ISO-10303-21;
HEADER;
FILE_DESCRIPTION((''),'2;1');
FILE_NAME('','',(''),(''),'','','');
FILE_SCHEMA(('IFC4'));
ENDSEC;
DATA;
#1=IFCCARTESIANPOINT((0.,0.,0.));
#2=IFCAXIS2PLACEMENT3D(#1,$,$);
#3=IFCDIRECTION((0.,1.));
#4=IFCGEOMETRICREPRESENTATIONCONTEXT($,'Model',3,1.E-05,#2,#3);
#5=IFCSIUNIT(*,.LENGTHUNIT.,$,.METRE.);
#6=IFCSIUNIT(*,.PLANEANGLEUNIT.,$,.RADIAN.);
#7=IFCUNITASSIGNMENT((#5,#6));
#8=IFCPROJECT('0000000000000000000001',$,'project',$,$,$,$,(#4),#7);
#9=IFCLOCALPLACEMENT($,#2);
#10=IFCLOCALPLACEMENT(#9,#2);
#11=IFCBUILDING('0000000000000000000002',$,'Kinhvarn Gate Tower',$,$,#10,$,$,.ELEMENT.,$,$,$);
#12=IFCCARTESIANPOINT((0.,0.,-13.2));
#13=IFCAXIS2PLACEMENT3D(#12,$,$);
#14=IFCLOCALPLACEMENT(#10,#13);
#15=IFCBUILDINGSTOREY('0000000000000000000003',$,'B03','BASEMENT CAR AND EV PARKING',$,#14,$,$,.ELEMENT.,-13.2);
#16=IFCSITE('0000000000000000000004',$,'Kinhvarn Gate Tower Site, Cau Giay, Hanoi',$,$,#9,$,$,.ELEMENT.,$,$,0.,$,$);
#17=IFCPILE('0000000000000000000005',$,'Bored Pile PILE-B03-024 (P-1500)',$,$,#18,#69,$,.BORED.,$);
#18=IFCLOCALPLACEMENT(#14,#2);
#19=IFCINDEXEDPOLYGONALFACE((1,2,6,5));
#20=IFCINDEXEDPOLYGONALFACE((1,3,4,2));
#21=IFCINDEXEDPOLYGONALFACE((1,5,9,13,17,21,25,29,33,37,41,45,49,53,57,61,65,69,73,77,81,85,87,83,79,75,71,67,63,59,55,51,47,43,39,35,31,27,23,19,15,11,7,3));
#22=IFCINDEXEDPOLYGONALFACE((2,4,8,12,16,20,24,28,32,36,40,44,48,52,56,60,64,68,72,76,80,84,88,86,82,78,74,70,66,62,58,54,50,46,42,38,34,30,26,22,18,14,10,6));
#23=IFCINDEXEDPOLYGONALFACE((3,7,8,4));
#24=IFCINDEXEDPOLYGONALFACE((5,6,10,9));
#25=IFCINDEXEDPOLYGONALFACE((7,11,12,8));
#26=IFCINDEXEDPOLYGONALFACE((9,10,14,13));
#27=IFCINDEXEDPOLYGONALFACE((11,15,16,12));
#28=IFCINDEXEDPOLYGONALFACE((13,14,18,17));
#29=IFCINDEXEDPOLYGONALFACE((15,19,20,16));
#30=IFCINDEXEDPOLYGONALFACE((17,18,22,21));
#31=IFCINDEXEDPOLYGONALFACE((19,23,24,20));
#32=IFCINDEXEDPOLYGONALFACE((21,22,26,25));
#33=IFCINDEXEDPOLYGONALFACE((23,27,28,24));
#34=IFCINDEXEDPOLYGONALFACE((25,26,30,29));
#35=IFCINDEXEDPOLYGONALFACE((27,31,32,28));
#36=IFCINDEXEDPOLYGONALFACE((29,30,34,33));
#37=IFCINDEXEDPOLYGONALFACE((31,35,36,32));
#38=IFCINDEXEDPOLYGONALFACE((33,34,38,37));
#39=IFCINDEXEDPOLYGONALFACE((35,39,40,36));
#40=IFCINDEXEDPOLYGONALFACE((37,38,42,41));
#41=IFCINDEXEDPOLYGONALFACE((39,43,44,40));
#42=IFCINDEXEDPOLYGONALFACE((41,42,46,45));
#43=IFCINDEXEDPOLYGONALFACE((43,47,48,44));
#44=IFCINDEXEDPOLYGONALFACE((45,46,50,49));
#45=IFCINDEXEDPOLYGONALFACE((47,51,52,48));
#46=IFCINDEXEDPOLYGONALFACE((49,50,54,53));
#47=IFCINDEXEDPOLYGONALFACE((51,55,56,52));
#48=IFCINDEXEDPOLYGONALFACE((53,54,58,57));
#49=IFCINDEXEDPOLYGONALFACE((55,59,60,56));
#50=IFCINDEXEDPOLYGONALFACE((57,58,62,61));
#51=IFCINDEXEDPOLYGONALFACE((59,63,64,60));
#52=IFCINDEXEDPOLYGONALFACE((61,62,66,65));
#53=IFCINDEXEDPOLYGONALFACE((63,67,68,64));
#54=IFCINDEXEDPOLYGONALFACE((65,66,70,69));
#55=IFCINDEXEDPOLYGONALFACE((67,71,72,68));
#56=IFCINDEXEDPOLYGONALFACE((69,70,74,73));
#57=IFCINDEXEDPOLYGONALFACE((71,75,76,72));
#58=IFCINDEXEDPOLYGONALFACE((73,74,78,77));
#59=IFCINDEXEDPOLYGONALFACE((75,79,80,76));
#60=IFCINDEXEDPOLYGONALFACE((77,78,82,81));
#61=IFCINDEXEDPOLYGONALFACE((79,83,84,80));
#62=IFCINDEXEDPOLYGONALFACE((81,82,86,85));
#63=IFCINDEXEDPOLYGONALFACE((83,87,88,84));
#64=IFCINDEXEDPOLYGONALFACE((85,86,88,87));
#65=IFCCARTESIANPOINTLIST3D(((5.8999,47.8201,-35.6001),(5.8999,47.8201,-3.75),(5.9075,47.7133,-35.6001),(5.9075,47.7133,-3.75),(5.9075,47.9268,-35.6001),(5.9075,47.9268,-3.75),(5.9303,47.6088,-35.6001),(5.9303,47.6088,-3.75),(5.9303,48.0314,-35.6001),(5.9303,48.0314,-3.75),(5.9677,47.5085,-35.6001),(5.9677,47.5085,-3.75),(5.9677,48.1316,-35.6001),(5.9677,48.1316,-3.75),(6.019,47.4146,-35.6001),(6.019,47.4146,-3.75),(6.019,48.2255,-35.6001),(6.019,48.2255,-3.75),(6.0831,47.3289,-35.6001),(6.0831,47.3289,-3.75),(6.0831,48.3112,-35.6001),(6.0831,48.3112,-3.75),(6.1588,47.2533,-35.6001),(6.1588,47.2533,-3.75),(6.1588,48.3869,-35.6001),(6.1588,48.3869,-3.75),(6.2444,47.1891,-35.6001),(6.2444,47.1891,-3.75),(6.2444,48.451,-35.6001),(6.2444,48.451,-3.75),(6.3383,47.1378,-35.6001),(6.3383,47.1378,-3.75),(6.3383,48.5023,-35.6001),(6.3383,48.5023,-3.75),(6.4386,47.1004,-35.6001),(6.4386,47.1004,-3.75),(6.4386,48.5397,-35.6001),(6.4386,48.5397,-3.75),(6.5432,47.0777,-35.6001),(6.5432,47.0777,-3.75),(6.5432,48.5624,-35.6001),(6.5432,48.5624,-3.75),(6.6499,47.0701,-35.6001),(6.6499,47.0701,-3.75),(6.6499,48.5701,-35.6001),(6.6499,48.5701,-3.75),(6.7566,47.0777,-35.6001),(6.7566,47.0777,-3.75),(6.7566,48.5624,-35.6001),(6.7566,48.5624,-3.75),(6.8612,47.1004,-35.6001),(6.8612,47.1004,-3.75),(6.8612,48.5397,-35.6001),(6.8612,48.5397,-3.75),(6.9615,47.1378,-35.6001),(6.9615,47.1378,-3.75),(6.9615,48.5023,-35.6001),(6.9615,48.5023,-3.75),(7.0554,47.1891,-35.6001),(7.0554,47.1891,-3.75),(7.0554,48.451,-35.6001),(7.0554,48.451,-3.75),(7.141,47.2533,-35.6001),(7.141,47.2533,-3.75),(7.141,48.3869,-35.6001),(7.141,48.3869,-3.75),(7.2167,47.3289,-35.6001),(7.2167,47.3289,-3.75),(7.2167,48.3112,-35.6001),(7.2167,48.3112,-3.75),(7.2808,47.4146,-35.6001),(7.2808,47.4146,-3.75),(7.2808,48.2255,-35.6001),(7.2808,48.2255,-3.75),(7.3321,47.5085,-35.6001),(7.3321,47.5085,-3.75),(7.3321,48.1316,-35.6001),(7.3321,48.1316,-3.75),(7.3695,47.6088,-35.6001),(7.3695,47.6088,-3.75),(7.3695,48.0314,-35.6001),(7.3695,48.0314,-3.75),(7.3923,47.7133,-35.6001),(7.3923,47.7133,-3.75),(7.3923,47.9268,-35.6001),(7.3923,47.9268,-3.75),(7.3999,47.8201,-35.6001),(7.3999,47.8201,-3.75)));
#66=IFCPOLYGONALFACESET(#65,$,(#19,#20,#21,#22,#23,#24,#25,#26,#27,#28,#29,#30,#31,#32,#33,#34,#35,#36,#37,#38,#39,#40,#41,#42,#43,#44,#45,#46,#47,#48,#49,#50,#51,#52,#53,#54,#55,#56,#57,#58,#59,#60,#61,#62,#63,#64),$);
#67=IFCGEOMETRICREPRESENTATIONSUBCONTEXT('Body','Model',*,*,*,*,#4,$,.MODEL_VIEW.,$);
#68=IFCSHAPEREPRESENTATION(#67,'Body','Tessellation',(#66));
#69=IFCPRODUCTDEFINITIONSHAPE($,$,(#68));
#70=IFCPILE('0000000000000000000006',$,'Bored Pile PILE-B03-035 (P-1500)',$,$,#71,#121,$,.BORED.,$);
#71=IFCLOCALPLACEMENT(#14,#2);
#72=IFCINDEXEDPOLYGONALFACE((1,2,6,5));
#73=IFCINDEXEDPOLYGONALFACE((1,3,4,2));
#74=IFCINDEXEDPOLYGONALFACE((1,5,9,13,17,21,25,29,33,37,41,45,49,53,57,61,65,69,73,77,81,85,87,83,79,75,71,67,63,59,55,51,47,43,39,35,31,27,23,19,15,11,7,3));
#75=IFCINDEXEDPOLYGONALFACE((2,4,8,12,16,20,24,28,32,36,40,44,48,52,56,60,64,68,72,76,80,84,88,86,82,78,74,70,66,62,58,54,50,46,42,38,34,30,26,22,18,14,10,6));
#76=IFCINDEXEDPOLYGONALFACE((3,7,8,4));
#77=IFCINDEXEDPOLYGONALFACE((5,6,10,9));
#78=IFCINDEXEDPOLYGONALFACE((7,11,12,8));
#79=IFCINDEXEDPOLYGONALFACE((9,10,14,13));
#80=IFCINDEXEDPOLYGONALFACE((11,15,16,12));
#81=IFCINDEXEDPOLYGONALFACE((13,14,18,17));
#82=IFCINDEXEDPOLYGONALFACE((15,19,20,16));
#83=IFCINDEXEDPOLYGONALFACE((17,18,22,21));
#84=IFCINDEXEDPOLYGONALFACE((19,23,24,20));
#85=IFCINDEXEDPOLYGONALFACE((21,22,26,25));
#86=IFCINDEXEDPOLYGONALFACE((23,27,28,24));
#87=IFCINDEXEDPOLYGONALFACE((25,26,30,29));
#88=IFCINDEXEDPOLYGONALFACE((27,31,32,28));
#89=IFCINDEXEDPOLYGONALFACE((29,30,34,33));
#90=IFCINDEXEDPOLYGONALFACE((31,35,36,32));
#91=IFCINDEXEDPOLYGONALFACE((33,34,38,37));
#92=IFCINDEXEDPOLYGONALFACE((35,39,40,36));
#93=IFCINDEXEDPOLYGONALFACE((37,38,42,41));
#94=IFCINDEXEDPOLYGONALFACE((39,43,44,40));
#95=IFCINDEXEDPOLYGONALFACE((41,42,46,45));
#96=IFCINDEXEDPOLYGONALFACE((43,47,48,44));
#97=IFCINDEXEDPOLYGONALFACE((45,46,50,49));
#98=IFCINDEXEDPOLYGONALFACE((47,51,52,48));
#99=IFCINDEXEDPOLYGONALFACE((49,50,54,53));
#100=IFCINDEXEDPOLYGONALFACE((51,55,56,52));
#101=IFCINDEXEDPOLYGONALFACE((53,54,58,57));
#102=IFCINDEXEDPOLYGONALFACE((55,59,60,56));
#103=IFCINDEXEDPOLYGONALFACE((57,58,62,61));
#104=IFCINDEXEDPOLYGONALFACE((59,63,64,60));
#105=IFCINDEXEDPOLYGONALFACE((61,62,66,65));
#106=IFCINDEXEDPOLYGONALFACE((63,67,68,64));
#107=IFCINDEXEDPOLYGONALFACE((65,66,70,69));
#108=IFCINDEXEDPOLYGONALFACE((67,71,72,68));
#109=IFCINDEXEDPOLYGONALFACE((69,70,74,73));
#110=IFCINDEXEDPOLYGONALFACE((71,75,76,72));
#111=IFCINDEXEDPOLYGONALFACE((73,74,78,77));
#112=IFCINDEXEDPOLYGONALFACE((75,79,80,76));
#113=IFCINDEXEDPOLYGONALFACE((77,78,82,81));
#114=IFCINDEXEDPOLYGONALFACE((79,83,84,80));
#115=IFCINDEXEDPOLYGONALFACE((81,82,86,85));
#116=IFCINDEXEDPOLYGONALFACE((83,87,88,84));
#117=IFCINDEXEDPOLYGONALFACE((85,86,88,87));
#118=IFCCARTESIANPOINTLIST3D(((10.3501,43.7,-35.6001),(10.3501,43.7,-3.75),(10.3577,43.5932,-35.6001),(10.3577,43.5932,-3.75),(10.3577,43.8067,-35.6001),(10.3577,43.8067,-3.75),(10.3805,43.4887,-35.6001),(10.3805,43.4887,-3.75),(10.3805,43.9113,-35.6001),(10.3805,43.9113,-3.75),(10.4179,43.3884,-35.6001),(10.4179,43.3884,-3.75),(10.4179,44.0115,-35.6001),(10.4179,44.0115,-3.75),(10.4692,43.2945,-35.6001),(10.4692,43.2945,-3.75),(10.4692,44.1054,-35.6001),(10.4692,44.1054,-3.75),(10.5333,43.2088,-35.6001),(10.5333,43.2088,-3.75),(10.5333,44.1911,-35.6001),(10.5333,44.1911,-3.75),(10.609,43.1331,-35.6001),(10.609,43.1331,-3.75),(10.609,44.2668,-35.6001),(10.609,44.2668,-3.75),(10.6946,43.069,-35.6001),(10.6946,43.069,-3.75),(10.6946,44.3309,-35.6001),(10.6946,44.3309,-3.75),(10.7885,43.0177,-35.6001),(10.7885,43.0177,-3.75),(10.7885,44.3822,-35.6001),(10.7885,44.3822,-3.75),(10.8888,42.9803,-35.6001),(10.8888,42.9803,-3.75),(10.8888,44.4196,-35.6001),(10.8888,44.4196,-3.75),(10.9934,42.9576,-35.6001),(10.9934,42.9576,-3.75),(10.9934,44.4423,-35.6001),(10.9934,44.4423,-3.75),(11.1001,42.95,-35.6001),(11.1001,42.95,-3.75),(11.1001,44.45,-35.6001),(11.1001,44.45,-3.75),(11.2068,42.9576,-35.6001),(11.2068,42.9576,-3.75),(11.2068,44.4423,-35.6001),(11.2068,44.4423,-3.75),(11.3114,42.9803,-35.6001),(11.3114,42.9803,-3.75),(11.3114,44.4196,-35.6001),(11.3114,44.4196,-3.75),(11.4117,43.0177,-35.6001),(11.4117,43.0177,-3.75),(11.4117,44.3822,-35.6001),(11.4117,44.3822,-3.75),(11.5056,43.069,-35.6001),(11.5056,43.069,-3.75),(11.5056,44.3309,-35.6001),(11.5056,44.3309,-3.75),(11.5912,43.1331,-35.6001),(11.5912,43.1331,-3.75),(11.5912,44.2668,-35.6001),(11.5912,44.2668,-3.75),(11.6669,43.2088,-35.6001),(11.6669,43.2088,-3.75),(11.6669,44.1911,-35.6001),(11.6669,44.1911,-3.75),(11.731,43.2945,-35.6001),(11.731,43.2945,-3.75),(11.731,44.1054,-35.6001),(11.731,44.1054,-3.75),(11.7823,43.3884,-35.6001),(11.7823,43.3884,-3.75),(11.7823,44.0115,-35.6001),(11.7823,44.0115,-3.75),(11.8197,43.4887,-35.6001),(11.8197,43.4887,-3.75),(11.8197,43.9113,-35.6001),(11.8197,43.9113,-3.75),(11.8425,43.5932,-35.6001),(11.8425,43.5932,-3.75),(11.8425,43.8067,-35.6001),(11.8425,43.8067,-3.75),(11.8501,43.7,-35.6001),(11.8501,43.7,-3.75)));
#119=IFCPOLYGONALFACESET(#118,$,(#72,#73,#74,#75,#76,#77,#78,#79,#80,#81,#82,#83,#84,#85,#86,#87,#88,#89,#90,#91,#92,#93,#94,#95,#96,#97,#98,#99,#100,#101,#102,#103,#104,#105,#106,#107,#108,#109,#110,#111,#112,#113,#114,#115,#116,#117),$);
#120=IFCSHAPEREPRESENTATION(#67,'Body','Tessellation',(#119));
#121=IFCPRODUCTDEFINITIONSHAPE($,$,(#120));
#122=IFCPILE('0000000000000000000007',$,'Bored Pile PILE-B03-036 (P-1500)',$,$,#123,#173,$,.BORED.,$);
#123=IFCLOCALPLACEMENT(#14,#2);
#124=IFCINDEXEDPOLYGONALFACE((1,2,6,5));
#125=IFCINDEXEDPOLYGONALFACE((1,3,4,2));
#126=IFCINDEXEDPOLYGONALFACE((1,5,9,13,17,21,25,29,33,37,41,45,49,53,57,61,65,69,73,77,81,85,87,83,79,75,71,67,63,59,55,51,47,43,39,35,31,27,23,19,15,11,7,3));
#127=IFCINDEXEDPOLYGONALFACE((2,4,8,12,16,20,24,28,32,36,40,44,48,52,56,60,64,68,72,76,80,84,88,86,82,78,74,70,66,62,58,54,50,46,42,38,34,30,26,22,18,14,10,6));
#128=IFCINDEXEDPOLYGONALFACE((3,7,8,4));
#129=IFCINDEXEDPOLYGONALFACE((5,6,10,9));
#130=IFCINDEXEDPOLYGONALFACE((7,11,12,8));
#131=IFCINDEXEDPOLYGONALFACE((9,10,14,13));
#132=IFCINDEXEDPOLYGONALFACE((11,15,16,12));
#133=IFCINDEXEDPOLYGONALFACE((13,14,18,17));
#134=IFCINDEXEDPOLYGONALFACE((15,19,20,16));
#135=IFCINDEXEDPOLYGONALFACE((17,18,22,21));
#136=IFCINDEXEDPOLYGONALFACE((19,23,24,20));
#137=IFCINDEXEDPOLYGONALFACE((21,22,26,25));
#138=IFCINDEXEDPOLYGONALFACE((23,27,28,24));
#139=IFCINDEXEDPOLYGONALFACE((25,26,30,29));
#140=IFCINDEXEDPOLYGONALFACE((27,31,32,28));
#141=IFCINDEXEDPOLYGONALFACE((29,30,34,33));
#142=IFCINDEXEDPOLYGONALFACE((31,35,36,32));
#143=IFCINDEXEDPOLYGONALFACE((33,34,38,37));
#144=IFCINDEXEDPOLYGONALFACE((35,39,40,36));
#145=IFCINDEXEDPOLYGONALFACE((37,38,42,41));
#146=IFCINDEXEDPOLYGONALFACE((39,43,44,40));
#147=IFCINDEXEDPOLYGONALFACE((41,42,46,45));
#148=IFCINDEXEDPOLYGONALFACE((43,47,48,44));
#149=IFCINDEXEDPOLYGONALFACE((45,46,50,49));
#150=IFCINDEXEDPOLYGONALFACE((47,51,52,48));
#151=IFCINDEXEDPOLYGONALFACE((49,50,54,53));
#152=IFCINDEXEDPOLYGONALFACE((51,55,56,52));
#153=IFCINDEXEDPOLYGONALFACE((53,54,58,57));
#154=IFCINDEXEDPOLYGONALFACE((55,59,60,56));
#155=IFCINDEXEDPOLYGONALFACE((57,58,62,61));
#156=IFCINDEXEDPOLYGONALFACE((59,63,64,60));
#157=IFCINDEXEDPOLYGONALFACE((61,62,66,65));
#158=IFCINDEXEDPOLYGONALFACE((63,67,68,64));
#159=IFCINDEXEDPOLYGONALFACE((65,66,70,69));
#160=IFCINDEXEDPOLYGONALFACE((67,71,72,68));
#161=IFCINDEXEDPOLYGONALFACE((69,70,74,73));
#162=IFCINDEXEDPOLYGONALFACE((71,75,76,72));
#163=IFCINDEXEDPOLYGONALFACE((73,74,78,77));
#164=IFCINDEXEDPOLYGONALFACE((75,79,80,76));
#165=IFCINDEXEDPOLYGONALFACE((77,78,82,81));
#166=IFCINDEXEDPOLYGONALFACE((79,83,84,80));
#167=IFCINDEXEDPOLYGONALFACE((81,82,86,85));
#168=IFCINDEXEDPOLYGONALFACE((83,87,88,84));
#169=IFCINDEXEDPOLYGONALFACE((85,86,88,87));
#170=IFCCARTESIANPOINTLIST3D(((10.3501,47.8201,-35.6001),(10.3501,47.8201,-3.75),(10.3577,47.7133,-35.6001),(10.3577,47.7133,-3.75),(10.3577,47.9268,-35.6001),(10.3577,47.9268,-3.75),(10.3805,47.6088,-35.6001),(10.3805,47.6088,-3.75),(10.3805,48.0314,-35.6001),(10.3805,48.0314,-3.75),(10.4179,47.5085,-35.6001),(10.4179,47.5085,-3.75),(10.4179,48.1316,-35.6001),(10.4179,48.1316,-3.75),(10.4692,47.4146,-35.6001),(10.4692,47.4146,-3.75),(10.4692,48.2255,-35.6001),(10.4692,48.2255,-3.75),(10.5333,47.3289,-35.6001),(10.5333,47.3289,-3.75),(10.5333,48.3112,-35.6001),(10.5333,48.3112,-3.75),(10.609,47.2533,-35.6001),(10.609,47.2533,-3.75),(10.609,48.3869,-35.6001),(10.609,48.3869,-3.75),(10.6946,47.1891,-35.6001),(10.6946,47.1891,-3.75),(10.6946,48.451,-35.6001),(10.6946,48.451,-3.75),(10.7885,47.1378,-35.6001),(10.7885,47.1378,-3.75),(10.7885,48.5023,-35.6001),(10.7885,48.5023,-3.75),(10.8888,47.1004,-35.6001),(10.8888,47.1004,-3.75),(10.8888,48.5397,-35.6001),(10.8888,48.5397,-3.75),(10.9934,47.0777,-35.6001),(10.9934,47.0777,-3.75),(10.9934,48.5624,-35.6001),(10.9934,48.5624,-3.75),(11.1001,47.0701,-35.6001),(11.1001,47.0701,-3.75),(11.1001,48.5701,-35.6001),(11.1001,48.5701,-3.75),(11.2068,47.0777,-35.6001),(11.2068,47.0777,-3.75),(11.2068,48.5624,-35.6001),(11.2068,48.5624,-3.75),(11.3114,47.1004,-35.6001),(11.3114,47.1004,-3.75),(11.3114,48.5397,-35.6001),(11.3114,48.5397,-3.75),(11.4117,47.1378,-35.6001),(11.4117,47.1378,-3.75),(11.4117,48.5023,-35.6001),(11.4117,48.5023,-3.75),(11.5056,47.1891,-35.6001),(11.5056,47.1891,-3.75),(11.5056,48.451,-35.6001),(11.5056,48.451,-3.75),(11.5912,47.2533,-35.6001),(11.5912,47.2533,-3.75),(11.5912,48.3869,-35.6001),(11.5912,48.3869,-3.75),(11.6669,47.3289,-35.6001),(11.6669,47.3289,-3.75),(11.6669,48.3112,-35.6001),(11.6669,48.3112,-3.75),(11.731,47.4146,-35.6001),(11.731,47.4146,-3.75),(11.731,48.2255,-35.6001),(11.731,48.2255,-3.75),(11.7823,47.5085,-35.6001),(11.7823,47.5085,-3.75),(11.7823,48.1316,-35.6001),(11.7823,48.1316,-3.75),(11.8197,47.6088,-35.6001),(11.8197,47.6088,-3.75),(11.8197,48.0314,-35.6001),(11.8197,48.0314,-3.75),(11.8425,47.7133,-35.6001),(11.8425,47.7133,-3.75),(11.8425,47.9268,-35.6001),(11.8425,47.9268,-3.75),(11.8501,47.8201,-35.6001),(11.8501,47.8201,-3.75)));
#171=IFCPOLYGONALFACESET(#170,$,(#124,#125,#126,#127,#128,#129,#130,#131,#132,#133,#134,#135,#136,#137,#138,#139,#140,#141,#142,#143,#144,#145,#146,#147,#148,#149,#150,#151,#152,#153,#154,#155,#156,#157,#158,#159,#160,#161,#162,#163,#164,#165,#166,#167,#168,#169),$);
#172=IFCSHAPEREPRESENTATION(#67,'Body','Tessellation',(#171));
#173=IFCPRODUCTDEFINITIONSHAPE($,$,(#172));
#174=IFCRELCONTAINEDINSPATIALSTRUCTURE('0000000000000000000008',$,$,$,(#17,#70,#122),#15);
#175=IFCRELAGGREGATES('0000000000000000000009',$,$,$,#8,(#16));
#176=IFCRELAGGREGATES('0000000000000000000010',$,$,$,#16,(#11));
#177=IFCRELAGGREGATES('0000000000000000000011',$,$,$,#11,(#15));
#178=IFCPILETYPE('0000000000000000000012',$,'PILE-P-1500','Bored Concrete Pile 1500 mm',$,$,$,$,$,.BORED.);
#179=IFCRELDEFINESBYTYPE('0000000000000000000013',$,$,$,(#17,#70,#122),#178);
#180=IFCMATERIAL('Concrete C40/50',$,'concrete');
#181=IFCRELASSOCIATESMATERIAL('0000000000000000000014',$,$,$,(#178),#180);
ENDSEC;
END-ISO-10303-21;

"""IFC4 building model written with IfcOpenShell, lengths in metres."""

from ifc_helpers import new_model, si_unit, direction, frame, origin, origin_2d, place, context, subcontext, project, spatial, circle, extrude, material, material_profile, profile_set, type_object, element, save


model = new_model("IFC4")

# Units and contexts
model_context = context("Model", 3, precision=1e-05, world=origin(), true_north=direction((0.0, 1.0)))
body_context = subcontext(model_context, "Body", "Model", "MODEL_VIEW")
ifc_project = project(units=[si_unit("LENGTHUNIT", "METRE"), si_unit("PLANEANGLEUNIT", "RADIAN")], contexts=[model_context])

# Site, building, storey
site_placement = place(None, origin())
site = spatial("IfcSite", under=ifc_project, at=site_placement, Name="Kinhvarn Gate Tower Site, Cau Giay, Hanoi", CompositionType="ELEMENT", RefElevation=0.0)
building_placement = place(site_placement, origin())
building = spatial("IfcBuilding", under=site, at=building_placement, Name="Kinhvarn Gate Tower", CompositionType="ELEMENT")
storey_placement = place(building_placement, frame((0.0, 0.0, -13.2)))
storey = spatial("IfcBuildingStorey", under=building, at=storey_placement, Name="B03", Description="BASEMENT CAR AND EV PARKING", CompositionType="ELEMENT", Elevation=-13.2)

# Piles
ifc_material_1 = material(Name="Concrete C40/50", Category="concrete")
ifc_material_profile_1 = material_profile(ifc_material_1, circle(Radius=0.75, at=origin_2d()), Name="PILE D1500")
ifc_profile_set_1 = profile_set([ifc_material_profile_1], Name="Concrete C40/50")
pile_type = type_object("IfcPileType", Name="PILE-P-1500", Description="Bored Concrete Pile 1500 mm", PredefinedType="BORED", material=ifc_profile_set_1)
for number, where, z_axis, x_axis, name in (
    (1, (6.6499, 47.8201, -35.6001), (0.0, 0.0, 1.0), (1.0, 0.0, 0.0), "Bored Pile PILE-B03-024 (P-1500)"),
    (2, (11.1001, 43.7, -35.6001), (0.0, 0.0, 1.0), (1.0, 0.0, 0.0), "Bored Pile PILE-B03-035 (P-1500)"),
    (3, (11.1001, 47.8201, -35.6001), (0.0, 0.0, 1.0), (1.0, 0.0, 0.0), "Bored Pile PILE-B03-036 (P-1500)"),
):
    element("IfcPile", number, at=place(storey_placement, frame(where, z_axis=z_axis, x_axis=x_axis)), inside=storey, type_object=pile_type, Name=name, PredefinedType="BORED", context=body_context, shape_type="SweptSolid", body=[
        extrude(circle(Radius=0.75, at=origin_2d()), origin(), (0.0, 0.0, 1.0), 31.8501),
    ])

save(model, "model.ifc")
